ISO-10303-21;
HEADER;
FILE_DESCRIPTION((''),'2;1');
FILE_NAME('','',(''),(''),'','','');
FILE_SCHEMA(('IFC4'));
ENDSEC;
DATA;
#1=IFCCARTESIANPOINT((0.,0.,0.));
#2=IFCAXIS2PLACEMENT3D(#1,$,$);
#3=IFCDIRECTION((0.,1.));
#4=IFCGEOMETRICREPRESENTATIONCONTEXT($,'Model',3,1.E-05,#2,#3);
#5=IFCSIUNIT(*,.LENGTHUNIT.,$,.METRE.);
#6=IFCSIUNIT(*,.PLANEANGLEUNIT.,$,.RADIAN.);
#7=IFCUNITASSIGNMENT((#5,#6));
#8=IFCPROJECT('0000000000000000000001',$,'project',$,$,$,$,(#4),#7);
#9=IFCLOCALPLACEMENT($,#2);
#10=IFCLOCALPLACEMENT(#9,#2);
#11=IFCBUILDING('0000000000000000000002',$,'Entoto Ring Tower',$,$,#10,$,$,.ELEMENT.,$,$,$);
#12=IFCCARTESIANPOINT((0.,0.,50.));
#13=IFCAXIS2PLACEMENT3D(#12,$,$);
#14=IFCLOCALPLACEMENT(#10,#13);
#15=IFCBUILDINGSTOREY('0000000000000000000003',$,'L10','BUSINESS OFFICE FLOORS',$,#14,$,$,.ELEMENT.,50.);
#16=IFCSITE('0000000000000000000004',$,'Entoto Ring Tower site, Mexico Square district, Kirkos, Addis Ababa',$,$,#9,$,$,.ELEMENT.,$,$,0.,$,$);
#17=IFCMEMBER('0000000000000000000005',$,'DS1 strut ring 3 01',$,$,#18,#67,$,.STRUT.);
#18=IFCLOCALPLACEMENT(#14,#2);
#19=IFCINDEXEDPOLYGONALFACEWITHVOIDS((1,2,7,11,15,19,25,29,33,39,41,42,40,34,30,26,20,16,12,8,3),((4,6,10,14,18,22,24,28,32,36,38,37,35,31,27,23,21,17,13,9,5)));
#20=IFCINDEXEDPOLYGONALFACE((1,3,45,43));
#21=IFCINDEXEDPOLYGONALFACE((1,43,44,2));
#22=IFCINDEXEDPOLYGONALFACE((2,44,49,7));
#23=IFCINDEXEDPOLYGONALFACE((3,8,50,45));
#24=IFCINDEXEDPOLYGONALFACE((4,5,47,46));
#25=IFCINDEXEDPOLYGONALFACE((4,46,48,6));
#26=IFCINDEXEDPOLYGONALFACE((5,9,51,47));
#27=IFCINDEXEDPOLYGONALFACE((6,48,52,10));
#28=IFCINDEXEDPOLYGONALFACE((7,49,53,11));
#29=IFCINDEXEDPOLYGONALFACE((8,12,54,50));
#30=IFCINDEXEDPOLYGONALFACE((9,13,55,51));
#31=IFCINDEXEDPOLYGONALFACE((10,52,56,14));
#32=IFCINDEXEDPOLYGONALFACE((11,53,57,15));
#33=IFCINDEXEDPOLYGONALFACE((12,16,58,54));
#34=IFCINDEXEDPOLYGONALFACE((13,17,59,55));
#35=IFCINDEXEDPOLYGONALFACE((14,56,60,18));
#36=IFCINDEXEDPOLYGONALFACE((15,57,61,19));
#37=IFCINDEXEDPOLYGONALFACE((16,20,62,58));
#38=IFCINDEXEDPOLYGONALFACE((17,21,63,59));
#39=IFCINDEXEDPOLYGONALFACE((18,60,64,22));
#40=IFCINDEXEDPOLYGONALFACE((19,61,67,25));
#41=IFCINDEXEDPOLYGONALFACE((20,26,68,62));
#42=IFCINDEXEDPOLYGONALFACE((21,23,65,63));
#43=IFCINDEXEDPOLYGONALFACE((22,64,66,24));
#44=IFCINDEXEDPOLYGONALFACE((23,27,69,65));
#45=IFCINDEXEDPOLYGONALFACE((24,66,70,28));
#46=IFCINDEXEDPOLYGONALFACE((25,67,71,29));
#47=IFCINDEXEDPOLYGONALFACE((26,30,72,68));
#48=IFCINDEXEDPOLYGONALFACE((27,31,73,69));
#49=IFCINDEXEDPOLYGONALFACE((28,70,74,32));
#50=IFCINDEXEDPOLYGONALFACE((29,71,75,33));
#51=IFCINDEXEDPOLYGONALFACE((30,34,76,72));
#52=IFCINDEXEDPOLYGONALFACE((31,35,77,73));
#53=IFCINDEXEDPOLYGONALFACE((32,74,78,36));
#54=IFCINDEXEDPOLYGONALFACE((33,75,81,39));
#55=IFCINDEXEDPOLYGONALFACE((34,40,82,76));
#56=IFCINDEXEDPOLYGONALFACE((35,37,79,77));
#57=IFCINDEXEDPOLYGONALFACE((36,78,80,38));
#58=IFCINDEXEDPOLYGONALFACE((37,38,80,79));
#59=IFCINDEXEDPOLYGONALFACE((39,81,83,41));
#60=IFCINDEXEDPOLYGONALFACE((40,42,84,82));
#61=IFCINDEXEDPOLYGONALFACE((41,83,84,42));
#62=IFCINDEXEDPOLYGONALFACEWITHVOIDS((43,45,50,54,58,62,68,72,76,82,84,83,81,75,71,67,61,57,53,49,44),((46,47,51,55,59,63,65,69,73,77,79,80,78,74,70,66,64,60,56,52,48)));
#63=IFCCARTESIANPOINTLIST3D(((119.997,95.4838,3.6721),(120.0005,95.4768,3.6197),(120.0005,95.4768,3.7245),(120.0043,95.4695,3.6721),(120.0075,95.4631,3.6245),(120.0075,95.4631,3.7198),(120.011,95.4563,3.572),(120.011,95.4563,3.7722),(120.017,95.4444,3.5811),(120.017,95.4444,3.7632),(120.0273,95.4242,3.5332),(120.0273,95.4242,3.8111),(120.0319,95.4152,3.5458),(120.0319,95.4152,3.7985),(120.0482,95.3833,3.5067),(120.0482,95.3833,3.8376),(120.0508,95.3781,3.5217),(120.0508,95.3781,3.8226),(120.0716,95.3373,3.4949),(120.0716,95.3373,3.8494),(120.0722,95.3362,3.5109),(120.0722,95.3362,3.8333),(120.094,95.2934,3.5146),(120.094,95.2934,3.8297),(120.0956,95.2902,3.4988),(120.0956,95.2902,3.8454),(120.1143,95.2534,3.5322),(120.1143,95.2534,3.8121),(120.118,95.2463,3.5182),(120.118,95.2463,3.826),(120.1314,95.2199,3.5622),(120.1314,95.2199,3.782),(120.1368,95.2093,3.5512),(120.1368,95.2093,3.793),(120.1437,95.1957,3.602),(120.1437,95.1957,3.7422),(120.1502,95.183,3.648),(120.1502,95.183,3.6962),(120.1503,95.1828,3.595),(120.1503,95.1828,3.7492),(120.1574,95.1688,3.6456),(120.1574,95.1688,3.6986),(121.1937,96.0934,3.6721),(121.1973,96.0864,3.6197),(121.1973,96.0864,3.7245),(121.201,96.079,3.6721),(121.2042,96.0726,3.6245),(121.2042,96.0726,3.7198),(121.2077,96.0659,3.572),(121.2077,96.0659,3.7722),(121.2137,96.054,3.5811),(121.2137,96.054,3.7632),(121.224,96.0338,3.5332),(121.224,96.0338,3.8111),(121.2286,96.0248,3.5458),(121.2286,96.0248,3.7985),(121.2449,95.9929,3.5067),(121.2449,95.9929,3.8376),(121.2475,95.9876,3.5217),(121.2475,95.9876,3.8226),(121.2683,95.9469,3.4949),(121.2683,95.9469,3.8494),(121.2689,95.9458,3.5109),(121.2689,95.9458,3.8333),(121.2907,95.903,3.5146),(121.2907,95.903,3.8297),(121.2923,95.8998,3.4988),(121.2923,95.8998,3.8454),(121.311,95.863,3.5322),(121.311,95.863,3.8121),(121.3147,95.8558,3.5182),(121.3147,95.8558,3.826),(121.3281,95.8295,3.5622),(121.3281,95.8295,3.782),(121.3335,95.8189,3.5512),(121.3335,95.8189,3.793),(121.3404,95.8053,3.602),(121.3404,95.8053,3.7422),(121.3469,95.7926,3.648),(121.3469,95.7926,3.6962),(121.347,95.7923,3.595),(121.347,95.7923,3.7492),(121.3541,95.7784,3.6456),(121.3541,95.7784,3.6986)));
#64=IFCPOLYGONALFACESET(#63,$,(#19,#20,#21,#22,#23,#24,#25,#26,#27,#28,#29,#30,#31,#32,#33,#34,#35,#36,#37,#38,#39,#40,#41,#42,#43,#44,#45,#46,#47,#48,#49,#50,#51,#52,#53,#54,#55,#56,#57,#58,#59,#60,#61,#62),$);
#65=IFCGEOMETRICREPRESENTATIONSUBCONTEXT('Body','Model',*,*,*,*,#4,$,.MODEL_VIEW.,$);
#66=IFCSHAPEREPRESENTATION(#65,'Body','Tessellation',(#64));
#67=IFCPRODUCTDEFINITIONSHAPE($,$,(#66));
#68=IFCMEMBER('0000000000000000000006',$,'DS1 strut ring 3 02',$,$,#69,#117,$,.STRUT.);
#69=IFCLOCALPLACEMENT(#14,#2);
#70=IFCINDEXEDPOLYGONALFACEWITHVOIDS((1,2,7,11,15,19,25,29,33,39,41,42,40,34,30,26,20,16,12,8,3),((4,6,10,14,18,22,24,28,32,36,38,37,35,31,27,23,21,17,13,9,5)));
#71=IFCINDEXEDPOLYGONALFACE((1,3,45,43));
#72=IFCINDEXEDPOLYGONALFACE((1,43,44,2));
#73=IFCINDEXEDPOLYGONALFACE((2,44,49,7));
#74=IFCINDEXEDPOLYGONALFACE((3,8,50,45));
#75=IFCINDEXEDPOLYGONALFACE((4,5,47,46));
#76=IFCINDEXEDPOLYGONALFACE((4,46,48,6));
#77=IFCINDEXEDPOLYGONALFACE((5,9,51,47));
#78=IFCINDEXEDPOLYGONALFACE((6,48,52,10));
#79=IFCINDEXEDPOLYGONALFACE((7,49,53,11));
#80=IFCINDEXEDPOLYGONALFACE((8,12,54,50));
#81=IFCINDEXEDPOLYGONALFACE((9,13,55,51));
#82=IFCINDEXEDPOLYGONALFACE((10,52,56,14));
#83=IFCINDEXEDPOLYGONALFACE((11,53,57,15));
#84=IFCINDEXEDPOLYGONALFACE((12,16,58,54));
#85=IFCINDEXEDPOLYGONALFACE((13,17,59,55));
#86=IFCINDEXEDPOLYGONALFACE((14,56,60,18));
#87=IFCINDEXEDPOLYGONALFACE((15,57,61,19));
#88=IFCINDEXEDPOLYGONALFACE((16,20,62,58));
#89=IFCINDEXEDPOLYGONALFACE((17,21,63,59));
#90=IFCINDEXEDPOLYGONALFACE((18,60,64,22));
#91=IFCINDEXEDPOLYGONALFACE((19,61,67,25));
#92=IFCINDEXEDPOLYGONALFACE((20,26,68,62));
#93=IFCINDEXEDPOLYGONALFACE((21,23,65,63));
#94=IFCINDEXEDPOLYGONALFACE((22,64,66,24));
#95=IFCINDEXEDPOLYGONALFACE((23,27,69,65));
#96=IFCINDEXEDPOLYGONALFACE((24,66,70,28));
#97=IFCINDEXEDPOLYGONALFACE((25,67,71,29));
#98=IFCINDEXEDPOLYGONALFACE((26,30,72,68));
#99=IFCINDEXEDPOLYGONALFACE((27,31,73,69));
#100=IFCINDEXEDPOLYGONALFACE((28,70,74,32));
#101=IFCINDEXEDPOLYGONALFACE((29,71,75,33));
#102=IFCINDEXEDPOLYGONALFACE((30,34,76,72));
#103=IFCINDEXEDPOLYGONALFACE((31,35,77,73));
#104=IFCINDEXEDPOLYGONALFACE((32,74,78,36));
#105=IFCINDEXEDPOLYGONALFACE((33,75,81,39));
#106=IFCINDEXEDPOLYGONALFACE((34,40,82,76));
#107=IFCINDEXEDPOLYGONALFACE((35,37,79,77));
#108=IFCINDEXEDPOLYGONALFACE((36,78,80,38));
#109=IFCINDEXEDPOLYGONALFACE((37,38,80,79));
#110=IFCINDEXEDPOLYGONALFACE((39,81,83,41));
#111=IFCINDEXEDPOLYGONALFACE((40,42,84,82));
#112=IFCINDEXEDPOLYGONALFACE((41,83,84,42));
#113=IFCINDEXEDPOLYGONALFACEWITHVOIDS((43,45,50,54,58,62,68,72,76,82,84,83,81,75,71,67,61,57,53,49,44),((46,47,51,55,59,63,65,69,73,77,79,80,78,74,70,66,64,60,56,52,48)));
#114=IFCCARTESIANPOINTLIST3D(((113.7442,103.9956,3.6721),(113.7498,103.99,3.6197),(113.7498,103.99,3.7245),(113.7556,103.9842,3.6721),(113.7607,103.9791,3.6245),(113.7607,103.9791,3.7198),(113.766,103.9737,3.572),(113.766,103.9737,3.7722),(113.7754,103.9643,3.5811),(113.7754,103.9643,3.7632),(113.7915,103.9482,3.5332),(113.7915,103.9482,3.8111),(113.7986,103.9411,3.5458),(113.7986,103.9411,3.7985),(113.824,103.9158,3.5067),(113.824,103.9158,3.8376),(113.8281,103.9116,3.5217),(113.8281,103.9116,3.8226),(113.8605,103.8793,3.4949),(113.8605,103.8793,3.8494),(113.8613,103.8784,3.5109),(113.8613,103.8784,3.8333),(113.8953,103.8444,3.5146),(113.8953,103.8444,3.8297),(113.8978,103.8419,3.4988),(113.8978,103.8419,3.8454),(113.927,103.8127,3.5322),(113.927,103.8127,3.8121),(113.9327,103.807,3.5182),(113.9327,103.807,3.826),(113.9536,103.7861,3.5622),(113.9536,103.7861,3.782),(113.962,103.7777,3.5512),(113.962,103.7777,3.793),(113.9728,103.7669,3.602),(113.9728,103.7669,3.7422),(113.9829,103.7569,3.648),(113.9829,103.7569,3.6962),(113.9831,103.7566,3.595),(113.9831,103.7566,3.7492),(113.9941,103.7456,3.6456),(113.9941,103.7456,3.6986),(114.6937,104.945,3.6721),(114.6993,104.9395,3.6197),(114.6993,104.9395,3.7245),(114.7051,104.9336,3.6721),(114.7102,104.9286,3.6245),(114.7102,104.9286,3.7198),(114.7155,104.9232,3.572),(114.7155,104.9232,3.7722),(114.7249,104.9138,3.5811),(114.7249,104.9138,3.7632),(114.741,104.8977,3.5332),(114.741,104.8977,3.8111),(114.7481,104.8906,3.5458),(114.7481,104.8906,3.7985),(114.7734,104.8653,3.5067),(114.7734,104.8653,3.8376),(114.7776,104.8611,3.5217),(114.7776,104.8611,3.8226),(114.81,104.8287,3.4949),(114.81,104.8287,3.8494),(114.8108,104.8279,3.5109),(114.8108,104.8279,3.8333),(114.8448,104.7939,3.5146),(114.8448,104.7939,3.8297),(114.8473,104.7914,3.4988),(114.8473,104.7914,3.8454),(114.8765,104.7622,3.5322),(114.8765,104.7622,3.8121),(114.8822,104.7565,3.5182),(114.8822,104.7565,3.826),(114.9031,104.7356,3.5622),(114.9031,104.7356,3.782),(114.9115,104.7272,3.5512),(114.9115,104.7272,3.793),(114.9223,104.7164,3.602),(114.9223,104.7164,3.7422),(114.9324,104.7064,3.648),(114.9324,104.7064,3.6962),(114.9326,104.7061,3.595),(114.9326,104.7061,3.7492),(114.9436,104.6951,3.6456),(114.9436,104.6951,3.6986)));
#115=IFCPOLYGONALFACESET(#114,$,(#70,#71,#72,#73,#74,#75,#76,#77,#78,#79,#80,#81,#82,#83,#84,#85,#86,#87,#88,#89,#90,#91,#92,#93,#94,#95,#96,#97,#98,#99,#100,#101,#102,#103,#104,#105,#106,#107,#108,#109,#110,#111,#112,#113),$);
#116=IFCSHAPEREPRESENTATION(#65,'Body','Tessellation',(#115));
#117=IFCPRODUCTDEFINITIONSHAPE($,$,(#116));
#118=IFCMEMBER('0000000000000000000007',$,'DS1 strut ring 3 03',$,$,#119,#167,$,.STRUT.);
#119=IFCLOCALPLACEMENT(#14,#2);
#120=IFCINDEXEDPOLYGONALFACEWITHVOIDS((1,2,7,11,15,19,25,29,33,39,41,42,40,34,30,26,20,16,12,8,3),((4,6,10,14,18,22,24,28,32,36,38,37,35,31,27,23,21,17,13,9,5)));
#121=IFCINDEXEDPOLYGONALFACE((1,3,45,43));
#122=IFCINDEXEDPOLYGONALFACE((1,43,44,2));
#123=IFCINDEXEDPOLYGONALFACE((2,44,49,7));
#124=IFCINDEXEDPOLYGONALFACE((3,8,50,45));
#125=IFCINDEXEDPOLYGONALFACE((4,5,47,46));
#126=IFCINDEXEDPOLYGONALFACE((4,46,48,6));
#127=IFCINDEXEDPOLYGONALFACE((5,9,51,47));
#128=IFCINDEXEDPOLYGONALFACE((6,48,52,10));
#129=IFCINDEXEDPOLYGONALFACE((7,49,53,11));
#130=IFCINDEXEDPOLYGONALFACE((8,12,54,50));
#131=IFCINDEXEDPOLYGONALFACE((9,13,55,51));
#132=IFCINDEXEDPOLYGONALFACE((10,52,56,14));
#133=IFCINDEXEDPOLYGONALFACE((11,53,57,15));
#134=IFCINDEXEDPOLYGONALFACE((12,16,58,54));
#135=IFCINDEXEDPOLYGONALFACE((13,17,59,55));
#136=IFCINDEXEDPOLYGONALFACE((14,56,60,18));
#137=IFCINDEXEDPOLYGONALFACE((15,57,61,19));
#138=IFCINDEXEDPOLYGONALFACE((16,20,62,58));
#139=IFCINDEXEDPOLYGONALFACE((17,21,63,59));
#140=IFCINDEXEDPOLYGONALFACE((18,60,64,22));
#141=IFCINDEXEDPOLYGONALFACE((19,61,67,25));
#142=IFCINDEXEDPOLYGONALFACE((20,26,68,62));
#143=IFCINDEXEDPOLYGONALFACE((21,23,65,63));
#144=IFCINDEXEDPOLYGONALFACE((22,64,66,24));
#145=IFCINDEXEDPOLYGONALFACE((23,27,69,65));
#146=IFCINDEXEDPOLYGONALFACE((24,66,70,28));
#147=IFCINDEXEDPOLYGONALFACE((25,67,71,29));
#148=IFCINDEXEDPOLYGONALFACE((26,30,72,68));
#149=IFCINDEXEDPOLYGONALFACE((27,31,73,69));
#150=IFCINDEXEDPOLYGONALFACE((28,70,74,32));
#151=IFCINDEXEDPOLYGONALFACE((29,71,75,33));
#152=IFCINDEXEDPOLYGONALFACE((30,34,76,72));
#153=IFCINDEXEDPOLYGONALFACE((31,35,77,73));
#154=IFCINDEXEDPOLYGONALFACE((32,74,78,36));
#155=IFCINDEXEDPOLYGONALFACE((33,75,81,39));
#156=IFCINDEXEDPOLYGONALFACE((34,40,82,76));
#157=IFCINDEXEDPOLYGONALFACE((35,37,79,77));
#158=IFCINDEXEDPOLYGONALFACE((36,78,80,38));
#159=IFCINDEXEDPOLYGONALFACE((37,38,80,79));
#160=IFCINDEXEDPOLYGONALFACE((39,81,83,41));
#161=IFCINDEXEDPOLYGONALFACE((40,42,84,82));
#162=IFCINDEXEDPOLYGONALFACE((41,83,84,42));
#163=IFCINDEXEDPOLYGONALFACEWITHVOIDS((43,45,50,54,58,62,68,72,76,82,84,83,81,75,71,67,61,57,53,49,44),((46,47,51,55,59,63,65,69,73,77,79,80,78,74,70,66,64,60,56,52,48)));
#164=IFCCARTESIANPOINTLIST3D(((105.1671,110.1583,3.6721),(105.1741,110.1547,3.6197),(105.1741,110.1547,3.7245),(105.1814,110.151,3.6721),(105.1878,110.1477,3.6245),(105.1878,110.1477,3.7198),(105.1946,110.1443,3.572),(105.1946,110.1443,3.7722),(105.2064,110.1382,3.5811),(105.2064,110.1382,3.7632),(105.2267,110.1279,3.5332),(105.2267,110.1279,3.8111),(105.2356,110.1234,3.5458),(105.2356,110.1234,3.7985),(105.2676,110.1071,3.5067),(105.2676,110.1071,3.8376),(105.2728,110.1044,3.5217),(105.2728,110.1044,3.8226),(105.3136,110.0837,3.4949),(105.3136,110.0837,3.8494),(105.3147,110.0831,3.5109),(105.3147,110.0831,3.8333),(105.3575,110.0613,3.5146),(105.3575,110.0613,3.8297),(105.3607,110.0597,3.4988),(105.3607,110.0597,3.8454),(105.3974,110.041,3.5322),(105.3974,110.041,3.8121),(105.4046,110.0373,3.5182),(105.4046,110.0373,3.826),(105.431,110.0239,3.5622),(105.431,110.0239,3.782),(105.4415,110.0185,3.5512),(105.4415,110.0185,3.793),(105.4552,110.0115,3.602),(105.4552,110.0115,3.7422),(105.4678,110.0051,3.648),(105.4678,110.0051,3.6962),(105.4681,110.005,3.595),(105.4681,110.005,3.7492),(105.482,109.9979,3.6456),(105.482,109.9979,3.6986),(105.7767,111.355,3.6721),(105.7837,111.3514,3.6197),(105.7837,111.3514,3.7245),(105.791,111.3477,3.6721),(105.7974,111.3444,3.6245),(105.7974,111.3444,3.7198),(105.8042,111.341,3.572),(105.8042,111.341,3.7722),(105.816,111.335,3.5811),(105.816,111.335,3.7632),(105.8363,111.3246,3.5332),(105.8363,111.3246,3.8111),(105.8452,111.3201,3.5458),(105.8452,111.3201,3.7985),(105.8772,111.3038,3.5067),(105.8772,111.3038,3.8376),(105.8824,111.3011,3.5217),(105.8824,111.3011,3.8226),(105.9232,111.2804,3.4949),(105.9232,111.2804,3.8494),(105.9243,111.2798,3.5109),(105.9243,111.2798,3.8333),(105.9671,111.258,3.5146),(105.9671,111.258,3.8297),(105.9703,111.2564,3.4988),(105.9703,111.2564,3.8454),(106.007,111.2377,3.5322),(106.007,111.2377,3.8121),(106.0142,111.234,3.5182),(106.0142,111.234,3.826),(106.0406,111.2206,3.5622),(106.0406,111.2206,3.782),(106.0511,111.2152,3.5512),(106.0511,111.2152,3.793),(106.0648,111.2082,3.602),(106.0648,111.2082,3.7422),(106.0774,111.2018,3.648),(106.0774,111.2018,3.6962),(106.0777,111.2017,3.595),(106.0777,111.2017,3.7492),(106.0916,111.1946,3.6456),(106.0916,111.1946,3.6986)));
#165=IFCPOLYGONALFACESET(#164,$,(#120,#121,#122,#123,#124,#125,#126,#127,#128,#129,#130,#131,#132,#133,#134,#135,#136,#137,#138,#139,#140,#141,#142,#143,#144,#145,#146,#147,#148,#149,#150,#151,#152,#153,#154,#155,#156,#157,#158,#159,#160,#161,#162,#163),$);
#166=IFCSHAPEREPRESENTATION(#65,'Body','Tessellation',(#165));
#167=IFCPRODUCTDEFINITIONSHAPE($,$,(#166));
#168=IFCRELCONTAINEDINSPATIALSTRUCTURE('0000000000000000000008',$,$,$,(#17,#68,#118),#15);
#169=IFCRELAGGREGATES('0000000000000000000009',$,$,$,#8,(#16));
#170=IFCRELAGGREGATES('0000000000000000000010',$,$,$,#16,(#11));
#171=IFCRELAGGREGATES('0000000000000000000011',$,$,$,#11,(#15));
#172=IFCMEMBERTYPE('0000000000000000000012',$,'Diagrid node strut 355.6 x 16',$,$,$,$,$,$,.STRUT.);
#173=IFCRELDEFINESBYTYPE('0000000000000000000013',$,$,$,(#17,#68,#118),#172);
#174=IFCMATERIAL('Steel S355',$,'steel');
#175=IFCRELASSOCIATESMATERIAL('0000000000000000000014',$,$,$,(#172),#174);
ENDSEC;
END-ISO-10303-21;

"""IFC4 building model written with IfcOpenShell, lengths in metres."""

from ifc_helpers import new_model, si_unit, direction, frame, origin, origin_2d, place, context, subcontext, project, spatial, circle, hollow_circle, extrude, material, material_profile, profile_set, type_object, element, save


model = new_model("IFC4")

# Units and contexts
model_context = context("Model", 3, precision=1e-05, world=origin(), true_north=direction((0.0, 1.0)))
body_context = subcontext(model_context, "Body", "Model", "MODEL_VIEW")
ifc_project = project(units=[si_unit("LENGTHUNIT", "METRE"), si_unit("PLANEANGLEUNIT", "RADIAN")], contexts=[model_context])

# Site, building, storey
site_placement = place(None, origin())
site = spatial("IfcSite", under=ifc_project, at=site_placement, Name="Entoto Ring Tower site, Mexico Square district, Kirkos, Addis Ababa", CompositionType="ELEMENT", RefElevation=0.0)
building_placement = place(site_placement, origin())
building = spatial("IfcBuilding", under=site, at=building_placement, Name="Entoto Ring Tower", CompositionType="ELEMENT")
storey_placement = place(building_placement, frame((0.0, 0.0, 50.0)))
storey = spatial("IfcBuildingStorey", under=building, at=storey_placement, Name="L10", Description="BUSINESS OFFICE FLOORS", CompositionType="ELEMENT", Elevation=50.0)

# Members
ifc_material_1 = material(Name="Steel S355", Category="steel")
ifc_material_profile_1 = material_profile(ifc_material_1, hollow_circle(Radius=0.1777, WallThickness=0.0161, at=origin_2d()), Name="CHS 355.6 x 16")
ifc_material_2 = material(Name="Concrete C60/75", Category="concrete")
ifc_material_profile_2 = material_profile(ifc_material_2, circle(Radius=0.1619, at=origin_2d()), Name="Concrete C60/75 infill")
ifc_profile_set_1 = profile_set([ifc_material_profile_1, ifc_material_profile_2], Name="Steel S355")
member_type = type_object("IfcMemberType", Name="Diagrid node strut 355.6 x 16", PredefinedType="STRUT", material=ifc_profile_set_1)
member_1_placement = place(storey_placement, frame((120.0776, 95.3254, 3.6721), z_axis=(0.891058, 0.45389, 0.0), x_axis=(-0.45389, 0.891058, 0.0)))
element("IfcMember", 1, at=member_1_placement, inside=storey, type_object=member_type, Name="DS1 strut ring 3 01", PredefinedType="STRUT", context=body_context, shape_type="SweptSolid", body=[
    extrude(hollow_circle(Radius=0.1777, WallThickness=0.0161, at=origin_2d()), origin(), (0.0, 0.0, 1.0), 1.343),
])
member_2_placement = place(storey_placement, frame((113.8699, 103.8699, 3.6721), z_axis=(0.707107, 0.707107, 0.0), x_axis=(-0.707107, 0.707107, 0.0)))
element("IfcMember", 2, at=member_2_placement, inside=storey, type_object=member_type, Name="DS1 strut ring 3 02", PredefinedType="STRUT", context=body_context, shape_type="SweptSolid", body=[
    extrude(hollow_circle(Radius=0.1777, WallThickness=0.0161, at=origin_2d()), origin(), (0.0, 0.0, 1.0), 1.3428),
])
member_3_placement = place(storey_placement, frame((105.3254, 110.0776, 3.6721), z_axis=(0.45389, 0.891058, 0.0), x_axis=(-0.891058, 0.45389, 0.0)))
element("IfcMember", 3, at=member_3_placement, inside=storey, type_object=member_type, Name="DS1 strut ring 3 03", PredefinedType="STRUT", context=body_context, shape_type="SweptSolid", body=[
    extrude(hollow_circle(Radius=0.1777, WallThickness=0.0161, at=origin_2d()), origin(), (0.0, 0.0, 1.0), 1.343),
])

save(model, "model.ifc")
